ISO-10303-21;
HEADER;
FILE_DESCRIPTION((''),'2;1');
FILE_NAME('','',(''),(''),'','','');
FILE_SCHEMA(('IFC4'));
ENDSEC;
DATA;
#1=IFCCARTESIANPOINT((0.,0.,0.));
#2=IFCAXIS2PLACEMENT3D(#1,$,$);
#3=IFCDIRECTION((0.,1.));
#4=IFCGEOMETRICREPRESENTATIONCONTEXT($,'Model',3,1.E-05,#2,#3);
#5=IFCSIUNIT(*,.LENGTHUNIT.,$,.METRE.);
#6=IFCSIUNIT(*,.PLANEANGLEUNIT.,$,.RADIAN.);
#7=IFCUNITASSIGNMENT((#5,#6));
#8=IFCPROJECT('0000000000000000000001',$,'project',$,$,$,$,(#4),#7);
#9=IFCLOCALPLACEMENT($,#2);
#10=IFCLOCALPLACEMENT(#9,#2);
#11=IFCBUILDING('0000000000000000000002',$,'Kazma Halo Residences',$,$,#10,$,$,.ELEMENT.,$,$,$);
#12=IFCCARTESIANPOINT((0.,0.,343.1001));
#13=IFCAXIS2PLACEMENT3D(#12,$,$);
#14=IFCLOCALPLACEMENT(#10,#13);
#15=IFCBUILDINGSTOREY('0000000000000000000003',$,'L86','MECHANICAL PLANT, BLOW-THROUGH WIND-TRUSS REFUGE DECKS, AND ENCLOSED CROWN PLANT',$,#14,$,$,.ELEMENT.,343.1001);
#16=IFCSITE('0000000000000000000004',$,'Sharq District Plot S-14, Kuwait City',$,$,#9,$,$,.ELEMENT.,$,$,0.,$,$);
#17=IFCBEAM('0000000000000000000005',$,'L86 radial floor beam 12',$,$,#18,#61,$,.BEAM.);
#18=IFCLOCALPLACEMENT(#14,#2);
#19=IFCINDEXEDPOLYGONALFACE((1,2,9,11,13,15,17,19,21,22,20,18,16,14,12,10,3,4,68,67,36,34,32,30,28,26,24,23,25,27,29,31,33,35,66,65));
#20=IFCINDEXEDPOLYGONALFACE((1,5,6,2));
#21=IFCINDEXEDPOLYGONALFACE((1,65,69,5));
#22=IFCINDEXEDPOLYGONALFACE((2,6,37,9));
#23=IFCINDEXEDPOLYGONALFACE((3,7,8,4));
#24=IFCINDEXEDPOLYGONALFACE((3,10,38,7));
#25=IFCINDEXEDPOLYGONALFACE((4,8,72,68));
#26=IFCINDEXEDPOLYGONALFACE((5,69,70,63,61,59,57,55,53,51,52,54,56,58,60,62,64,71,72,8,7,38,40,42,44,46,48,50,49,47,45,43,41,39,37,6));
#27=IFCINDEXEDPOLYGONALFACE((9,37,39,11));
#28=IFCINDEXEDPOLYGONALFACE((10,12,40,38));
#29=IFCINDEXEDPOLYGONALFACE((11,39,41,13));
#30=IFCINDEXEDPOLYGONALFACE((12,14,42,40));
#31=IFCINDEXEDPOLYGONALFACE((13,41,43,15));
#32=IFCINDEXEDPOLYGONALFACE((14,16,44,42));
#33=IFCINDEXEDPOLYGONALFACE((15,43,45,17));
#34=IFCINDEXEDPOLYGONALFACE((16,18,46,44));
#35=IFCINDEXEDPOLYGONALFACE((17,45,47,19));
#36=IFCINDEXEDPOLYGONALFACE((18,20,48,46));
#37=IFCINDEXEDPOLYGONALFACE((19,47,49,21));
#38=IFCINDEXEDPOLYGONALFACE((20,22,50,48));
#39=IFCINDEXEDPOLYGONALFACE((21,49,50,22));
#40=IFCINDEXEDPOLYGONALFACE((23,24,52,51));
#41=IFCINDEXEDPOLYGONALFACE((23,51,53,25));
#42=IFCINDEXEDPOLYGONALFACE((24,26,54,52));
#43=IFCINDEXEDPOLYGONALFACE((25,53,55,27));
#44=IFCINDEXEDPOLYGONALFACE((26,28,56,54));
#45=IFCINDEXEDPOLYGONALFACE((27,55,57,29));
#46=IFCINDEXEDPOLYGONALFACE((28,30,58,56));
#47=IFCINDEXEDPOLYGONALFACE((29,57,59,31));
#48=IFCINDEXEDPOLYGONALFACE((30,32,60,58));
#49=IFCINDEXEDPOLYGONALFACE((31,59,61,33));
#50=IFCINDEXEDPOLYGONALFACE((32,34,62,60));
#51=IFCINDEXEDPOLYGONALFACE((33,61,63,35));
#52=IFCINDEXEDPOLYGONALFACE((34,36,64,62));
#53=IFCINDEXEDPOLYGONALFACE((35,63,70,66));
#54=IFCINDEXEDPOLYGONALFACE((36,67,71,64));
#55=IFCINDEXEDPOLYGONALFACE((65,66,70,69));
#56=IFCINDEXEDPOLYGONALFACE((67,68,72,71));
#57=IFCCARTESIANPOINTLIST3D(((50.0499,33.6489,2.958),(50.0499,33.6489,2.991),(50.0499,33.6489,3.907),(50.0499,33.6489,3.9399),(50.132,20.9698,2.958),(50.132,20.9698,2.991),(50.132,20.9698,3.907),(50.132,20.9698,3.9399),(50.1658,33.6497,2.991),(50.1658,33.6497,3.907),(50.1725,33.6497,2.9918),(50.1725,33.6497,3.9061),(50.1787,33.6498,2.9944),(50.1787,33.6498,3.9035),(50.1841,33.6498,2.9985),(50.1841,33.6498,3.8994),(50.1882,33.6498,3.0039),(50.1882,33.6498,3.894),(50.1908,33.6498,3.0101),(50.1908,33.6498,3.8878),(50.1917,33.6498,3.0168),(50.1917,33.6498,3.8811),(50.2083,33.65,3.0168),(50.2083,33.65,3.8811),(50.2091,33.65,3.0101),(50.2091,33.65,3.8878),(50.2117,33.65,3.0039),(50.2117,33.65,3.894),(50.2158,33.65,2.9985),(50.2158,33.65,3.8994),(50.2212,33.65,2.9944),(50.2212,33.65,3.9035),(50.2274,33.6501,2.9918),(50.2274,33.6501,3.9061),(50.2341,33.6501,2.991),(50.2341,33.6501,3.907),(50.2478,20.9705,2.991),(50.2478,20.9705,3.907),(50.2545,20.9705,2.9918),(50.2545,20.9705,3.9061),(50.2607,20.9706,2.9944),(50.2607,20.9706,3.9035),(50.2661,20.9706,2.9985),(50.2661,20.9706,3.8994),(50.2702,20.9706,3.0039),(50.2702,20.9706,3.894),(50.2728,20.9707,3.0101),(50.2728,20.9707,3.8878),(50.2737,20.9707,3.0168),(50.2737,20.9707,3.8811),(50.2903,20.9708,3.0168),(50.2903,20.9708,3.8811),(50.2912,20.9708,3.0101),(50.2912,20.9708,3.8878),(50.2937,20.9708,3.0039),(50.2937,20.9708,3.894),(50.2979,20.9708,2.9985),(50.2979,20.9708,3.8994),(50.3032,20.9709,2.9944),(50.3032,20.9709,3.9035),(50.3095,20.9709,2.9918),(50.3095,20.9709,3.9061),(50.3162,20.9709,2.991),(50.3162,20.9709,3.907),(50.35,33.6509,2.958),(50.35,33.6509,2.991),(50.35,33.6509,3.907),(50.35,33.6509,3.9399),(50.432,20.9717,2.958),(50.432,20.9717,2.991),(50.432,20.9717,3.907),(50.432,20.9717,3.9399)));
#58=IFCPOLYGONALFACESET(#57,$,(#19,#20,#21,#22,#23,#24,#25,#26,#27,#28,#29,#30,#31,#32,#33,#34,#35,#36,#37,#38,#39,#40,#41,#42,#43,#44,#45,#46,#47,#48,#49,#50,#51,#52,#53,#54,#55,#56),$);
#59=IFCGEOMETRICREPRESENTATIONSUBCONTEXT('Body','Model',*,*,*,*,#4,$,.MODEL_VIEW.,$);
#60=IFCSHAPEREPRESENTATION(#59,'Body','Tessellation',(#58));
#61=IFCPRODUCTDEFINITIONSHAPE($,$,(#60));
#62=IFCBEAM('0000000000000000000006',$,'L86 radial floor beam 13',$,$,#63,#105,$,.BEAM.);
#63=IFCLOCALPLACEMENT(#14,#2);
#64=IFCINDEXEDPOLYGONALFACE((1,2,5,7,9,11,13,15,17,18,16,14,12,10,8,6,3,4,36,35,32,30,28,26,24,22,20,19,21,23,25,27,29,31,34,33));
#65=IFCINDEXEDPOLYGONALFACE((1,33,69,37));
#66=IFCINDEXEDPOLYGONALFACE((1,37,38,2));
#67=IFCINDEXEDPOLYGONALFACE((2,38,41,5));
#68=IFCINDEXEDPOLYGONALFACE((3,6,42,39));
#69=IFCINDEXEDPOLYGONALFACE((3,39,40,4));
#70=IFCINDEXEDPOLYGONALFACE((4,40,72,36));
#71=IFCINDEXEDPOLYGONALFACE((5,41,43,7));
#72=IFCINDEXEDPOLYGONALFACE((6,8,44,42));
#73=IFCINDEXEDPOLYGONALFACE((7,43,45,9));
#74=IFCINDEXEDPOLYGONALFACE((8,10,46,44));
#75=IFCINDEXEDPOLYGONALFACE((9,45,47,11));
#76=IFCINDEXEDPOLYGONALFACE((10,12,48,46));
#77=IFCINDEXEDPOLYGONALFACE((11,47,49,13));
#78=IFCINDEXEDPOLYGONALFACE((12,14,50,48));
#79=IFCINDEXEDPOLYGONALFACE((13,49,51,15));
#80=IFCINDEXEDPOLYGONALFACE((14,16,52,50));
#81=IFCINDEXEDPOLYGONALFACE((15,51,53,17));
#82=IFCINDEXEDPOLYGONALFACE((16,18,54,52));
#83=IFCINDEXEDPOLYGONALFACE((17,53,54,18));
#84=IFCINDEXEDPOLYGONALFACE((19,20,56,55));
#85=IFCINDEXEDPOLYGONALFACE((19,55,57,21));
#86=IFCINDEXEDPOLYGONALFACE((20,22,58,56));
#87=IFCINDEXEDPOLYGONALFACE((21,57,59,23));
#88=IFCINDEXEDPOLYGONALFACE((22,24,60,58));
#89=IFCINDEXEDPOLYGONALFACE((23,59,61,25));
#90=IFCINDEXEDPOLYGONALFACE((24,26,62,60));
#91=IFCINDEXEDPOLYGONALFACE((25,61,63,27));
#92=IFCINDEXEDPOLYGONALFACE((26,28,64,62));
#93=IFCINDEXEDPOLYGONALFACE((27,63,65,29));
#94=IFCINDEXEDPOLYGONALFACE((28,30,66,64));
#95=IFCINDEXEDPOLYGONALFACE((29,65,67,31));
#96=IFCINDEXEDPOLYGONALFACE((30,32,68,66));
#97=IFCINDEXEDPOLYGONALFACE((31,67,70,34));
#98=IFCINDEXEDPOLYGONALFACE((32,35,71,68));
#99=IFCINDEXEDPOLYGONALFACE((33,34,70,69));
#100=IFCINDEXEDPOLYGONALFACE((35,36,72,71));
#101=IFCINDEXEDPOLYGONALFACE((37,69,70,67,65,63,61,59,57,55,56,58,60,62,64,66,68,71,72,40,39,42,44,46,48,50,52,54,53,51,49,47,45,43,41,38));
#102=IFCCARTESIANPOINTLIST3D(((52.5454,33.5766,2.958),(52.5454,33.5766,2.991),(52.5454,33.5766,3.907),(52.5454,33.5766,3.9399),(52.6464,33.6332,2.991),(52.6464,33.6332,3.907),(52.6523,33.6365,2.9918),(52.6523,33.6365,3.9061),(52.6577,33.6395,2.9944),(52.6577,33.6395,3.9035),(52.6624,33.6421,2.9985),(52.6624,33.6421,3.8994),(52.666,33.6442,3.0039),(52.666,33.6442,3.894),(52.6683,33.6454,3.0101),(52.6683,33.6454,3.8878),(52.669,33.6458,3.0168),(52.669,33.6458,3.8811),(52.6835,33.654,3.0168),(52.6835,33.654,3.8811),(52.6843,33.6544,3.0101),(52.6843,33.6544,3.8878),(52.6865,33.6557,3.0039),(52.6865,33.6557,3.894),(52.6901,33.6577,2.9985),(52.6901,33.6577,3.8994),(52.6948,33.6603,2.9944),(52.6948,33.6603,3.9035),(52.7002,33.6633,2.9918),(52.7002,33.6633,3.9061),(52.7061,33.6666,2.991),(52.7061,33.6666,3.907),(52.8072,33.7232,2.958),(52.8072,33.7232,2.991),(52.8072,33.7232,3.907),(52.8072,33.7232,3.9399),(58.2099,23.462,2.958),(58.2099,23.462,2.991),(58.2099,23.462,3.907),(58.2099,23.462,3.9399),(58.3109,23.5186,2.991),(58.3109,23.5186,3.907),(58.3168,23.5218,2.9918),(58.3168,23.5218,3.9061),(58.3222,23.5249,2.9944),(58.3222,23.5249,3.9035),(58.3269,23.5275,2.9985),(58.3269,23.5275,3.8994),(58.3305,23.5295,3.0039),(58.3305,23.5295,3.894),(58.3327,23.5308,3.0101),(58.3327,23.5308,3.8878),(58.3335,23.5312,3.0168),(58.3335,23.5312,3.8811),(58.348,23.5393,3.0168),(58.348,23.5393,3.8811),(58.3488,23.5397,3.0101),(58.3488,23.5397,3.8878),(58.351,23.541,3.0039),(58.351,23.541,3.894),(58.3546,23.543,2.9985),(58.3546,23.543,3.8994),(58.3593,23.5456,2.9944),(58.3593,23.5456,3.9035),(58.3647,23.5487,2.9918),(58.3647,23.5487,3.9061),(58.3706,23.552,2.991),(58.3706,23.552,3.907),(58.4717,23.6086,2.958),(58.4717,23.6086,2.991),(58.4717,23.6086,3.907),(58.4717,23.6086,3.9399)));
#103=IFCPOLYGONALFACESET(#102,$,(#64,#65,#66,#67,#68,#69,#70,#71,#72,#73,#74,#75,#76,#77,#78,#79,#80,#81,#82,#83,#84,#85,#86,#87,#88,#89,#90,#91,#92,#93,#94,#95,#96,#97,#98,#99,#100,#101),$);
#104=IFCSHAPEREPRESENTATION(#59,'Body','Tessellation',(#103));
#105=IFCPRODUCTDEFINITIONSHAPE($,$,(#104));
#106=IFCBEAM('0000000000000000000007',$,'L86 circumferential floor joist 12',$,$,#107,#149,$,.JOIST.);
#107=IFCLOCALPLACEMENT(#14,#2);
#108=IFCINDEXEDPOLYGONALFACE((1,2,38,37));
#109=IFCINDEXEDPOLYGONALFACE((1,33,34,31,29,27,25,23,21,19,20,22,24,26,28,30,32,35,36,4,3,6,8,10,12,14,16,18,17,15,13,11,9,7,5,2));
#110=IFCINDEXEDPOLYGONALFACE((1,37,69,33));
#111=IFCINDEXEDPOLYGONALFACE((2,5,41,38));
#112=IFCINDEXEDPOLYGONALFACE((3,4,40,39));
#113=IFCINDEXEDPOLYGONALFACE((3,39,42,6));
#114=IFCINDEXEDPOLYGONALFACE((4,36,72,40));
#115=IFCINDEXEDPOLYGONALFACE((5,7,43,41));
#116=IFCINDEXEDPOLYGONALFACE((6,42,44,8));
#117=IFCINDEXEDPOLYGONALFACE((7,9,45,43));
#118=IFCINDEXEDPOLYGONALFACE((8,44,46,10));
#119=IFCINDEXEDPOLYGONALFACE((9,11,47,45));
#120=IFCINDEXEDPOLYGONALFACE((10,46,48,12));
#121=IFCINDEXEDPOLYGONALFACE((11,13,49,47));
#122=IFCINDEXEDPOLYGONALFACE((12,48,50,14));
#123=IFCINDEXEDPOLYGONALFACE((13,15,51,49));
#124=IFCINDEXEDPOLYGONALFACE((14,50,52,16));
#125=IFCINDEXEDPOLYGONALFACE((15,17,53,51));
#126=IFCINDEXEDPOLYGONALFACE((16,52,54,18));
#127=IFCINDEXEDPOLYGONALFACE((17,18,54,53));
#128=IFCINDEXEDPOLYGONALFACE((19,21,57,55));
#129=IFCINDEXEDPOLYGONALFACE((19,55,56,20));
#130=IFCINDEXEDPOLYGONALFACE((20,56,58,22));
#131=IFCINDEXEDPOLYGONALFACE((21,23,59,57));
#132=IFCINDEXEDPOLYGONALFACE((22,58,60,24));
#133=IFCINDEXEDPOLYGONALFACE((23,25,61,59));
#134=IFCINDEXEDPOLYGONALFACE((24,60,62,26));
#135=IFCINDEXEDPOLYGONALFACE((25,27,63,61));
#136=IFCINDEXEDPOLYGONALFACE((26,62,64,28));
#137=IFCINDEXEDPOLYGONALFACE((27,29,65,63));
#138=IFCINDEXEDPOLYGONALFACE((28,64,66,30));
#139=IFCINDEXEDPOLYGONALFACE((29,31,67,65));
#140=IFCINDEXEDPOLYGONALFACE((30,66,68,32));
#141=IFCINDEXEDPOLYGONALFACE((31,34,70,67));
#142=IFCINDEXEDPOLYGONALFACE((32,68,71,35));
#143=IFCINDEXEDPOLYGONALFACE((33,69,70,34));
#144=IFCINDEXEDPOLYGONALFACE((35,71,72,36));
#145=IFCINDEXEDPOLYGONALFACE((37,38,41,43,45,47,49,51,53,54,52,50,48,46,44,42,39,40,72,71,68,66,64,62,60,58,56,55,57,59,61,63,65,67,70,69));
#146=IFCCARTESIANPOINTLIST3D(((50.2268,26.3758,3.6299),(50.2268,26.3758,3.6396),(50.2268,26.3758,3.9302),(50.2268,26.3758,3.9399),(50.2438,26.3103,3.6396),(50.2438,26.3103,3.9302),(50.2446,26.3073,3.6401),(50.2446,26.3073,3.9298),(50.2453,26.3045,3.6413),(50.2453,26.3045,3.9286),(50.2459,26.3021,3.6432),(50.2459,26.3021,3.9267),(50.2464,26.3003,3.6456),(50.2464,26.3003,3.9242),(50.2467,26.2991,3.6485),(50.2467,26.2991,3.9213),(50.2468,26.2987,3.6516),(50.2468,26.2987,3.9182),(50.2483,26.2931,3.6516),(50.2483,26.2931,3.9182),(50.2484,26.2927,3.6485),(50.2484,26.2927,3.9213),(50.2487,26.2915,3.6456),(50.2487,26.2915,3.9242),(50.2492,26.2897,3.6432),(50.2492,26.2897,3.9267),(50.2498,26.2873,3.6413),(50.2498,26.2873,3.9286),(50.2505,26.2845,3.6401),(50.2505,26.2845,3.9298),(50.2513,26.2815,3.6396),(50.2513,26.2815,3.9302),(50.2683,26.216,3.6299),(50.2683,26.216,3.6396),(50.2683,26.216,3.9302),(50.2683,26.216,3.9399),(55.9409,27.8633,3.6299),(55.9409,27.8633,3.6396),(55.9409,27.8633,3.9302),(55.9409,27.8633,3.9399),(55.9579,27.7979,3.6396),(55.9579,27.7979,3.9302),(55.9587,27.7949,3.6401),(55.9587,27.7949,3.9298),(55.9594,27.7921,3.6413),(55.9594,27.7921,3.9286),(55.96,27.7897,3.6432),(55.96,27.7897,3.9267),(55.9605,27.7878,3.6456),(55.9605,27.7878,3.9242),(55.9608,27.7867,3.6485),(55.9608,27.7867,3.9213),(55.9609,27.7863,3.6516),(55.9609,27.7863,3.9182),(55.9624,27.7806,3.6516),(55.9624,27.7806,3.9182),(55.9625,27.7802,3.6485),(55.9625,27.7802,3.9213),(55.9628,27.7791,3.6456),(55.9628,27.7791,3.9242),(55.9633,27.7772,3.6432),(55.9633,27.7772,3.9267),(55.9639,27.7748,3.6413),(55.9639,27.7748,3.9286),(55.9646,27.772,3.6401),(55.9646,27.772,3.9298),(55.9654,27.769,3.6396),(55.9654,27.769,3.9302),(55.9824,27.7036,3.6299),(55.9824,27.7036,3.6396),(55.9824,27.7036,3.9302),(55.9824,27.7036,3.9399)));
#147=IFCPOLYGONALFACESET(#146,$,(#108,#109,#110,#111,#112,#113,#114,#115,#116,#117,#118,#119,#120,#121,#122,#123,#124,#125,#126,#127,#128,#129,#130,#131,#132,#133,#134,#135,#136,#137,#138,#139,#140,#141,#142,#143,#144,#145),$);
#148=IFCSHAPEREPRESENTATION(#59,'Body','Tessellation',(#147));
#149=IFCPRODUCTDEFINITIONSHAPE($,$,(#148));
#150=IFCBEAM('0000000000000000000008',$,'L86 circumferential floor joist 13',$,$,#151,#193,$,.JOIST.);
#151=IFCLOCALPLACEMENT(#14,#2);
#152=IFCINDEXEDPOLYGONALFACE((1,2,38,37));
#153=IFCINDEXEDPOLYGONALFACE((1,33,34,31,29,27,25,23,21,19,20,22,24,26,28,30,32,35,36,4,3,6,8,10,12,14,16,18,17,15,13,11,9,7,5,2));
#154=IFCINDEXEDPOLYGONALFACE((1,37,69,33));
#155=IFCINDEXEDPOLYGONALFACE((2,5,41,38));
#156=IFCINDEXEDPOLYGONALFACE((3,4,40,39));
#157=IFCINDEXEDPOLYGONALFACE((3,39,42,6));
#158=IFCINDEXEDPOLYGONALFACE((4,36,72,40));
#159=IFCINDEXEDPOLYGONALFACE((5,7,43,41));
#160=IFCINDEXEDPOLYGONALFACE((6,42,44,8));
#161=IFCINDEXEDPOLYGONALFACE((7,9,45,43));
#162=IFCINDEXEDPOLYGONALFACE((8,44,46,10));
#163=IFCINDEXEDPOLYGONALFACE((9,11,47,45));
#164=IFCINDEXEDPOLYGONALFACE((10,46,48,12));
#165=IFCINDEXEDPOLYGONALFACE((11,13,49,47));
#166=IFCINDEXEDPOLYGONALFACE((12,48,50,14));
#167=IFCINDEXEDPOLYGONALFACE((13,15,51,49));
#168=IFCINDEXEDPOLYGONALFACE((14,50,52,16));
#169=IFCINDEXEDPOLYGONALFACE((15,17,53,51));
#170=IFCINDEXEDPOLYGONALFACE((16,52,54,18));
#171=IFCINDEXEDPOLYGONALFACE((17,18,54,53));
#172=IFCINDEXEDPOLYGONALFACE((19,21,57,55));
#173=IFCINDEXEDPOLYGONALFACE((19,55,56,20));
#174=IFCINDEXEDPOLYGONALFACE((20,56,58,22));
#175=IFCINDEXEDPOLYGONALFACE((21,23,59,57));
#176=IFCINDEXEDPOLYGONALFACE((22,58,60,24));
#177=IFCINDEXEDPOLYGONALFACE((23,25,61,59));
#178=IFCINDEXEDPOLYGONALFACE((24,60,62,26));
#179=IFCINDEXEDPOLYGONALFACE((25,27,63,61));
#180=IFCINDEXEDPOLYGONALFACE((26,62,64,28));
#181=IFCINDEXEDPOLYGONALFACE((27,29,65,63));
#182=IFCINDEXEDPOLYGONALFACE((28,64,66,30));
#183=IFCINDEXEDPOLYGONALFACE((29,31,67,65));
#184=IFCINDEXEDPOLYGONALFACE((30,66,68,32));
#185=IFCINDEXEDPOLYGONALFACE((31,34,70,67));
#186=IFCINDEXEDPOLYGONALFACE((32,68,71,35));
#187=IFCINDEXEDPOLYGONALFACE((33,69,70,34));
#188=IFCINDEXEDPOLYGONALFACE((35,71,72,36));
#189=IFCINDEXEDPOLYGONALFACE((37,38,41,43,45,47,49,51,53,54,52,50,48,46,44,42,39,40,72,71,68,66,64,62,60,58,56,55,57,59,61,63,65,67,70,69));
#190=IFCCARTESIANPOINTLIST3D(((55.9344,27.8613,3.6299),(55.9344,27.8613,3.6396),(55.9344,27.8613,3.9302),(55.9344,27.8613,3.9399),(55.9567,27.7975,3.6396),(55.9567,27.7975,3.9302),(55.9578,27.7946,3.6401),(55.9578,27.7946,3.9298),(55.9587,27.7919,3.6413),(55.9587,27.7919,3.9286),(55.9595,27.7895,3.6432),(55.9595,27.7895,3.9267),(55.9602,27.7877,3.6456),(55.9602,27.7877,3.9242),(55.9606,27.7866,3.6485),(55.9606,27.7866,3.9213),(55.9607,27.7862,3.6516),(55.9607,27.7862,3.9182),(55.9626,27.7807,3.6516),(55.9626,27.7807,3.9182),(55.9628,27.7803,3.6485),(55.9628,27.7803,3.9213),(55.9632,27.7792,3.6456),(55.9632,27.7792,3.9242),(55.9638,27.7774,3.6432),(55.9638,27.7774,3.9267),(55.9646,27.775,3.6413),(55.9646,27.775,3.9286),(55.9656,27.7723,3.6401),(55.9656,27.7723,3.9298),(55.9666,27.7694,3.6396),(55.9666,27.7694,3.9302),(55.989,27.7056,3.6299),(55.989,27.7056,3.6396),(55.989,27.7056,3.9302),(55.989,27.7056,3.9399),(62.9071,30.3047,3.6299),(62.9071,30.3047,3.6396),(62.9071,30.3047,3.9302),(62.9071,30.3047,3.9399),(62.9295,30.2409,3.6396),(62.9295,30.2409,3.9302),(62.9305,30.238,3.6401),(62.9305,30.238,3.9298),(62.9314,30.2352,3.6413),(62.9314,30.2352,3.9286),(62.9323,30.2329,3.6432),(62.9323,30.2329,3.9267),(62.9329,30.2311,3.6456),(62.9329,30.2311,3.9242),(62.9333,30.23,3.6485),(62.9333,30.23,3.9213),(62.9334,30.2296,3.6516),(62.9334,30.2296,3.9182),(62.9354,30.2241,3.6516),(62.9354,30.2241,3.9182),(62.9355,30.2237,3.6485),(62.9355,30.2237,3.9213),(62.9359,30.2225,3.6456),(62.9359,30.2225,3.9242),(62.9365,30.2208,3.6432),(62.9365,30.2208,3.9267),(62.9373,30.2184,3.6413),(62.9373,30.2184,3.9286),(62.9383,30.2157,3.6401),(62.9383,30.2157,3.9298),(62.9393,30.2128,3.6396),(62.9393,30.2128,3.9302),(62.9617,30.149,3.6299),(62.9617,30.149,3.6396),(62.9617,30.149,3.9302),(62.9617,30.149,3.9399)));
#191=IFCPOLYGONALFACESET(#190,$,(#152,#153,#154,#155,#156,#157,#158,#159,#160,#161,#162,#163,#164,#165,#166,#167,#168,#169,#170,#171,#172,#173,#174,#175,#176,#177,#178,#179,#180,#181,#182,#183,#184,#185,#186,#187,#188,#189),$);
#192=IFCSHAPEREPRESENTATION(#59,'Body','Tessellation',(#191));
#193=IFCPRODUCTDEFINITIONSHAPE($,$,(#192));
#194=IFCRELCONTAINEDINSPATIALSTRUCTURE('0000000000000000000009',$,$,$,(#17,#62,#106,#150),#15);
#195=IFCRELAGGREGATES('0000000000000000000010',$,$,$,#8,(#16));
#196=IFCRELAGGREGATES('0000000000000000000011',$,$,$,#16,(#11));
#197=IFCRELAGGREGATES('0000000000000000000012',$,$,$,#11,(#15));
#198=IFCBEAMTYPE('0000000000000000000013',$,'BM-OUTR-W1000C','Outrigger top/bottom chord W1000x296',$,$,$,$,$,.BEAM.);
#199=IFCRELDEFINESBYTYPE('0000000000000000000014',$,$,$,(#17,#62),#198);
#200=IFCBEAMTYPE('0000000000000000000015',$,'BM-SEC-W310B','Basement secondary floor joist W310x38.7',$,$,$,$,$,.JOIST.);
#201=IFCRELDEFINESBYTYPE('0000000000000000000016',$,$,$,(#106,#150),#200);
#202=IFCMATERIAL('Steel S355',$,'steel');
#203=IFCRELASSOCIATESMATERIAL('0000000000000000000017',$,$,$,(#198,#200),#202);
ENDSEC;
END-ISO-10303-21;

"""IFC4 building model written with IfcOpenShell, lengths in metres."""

from ifc_helpers import new_model, si_unit, direction, frame, origin, origin_2d, place, context, subcontext, project, spatial, i_section, extrude, material, material_profile, profile_set, type_object, element, save


model = new_model("IFC4")

# Units and contexts
model_context = context("Model", 3, precision=1e-05, world=origin(), true_north=direction((0.0, 1.0)))
body_context = subcontext(model_context, "Body", "Model", "MODEL_VIEW")
ifc_project = project(units=[si_unit("LENGTHUNIT", "METRE"), si_unit("PLANEANGLEUNIT", "RADIAN")], contexts=[model_context])

# Site, building, storey
site_placement = place(None, origin())
site = spatial("IfcSite", under=ifc_project, at=site_placement, Name="Sharq District Plot S-14, Kuwait City", CompositionType="ELEMENT", RefElevation=0.0)
building_placement = place(site_placement, origin())
building = spatial("IfcBuilding", under=site, at=building_placement, Name="Kazma Halo Residences", CompositionType="ELEMENT")
storey_placement = place(building_placement, frame((0.0, 0.0, 343.1001)))
storey = spatial("IfcBuildingStorey", under=building, at=storey_placement, Name="L86", Description="MECHANICAL PLANT, BLOW-THROUGH WIND-TRUSS REFUGE DECKS, AND ENCLOSED CROWN PLANT", CompositionType="ELEMENT", Elevation=343.1001)

# Beams
ifc_material_1 = material(Name="Steel S355", Category="steel")
ifc_material_profile_1 = material_profile(ifc_material_1, i_section(OverallWidth=0.3, OverallDepth=0.9819, WebThickness=0.0166, FlangeThickness=0.033, FilletRadius=0.0259, at=origin_2d()), Name="W1000x296")
ifc_profile_set_1 = profile_set([ifc_material_profile_1], Name="Steel S355")
beam_type_1 = type_object("IfcBeamType", Name="BM-OUTR-W1000C", Description="Outrigger top/bottom chord W1000x296", PredefinedType="BEAM", material=ifc_profile_set_1)
beam_1_placement = place(storey_placement, frame((50.2, 33.6499, 3.449), z_axis=(0.00647, -0.999979, 0.0), x_axis=(0.999979, 0.00647, 0.0)))
element("IfcBeam", 1, at=beam_1_placement, inside=storey, type_object=beam_type_1, Name="L86 radial floor beam 12", PredefinedType="BEAM", context=body_context, shape_type="SweptSolid", body=[
    extrude(i_section(OverallWidth=0.3, OverallDepth=0.9819, WebThickness=0.0166, FlangeThickness=0.033, FilletRadius=0.0259, at=origin_2d()), origin(), (0.0, 0.0, 1.0), 12.6794),
])
beam_2_placement = place(storey_placement, frame((52.6763, 33.6499, 3.449), z_axis=(0.488623, -0.872495, 0.0), x_axis=(0.872495, 0.488623, 0.0)))
element("IfcBeam", 2, at=beam_2_placement, inside=storey, type_object=beam_type_1, Name="L86 radial floor beam 13", PredefinedType="BEAM", context=body_context, shape_type="SweptSolid", body=[
    extrude(i_section(OverallWidth=0.3, OverallDepth=0.9819, WebThickness=0.0166, FlangeThickness=0.033, FilletRadius=0.0259, at=origin_2d()), origin(), (0.0, 0.0, 1.0), 11.5928),
])
ifc_material_profile_2 = material_profile(ifc_material_1, i_section(OverallWidth=0.165, OverallDepth=0.3101, WebThickness=0.0059, FlangeThickness=0.0098, FilletRadius=0.012, at=origin_2d()), Name="W310x38.7")
ifc_profile_set_2 = profile_set([ifc_material_profile_2], Name="Steel S355")
beam_type_2 = type_object("IfcBeamType", Name="BM-SEC-W310B", Description="Basement secondary floor joist W310x38.7", PredefinedType="JOIST", material=ifc_profile_set_2)
beam_3_placement = place(storey_placement, frame((50.2476, 26.2959, 3.7849), z_axis=(0.967745, 0.251932, 0.0), x_axis=(-0.251932, 0.967745, 0.0)))
element("IfcBeam", 3, at=beam_3_placement, inside=storey, type_object=beam_type_2, Name="L86 circumferential floor joist 12", PredefinedType="JOIST", context=body_context, shape_type="SweptSolid", body=[
    extrude(i_section(OverallWidth=0.165, OverallDepth=0.3101, WebThickness=0.0059, FlangeThickness=0.0098, FilletRadius=0.012, at=origin_2d()), origin(), (0.0, 0.0, 1.0), 5.9045),
])
beam_4_placement = place(storey_placement, frame((55.9617, 27.7834, 3.7849), z_axis=(0.943735, 0.330704, 0.0), x_axis=(-0.330704, 0.943735, 0.0)))
element("IfcBeam", 4, at=beam_4_placement, inside=storey, type_object=beam_type_2, Name="L86 circumferential floor joist 13", PredefinedType="JOIST", context=body_context, shape_type="SweptSolid", body=[
    extrude(i_section(OverallWidth=0.165, OverallDepth=0.3101, WebThickness=0.0059, FlangeThickness=0.0098, FilletRadius=0.012, at=origin_2d()), origin(), (0.0, 0.0, 1.0), 7.3884),
])

save(model, "model.ifc")
